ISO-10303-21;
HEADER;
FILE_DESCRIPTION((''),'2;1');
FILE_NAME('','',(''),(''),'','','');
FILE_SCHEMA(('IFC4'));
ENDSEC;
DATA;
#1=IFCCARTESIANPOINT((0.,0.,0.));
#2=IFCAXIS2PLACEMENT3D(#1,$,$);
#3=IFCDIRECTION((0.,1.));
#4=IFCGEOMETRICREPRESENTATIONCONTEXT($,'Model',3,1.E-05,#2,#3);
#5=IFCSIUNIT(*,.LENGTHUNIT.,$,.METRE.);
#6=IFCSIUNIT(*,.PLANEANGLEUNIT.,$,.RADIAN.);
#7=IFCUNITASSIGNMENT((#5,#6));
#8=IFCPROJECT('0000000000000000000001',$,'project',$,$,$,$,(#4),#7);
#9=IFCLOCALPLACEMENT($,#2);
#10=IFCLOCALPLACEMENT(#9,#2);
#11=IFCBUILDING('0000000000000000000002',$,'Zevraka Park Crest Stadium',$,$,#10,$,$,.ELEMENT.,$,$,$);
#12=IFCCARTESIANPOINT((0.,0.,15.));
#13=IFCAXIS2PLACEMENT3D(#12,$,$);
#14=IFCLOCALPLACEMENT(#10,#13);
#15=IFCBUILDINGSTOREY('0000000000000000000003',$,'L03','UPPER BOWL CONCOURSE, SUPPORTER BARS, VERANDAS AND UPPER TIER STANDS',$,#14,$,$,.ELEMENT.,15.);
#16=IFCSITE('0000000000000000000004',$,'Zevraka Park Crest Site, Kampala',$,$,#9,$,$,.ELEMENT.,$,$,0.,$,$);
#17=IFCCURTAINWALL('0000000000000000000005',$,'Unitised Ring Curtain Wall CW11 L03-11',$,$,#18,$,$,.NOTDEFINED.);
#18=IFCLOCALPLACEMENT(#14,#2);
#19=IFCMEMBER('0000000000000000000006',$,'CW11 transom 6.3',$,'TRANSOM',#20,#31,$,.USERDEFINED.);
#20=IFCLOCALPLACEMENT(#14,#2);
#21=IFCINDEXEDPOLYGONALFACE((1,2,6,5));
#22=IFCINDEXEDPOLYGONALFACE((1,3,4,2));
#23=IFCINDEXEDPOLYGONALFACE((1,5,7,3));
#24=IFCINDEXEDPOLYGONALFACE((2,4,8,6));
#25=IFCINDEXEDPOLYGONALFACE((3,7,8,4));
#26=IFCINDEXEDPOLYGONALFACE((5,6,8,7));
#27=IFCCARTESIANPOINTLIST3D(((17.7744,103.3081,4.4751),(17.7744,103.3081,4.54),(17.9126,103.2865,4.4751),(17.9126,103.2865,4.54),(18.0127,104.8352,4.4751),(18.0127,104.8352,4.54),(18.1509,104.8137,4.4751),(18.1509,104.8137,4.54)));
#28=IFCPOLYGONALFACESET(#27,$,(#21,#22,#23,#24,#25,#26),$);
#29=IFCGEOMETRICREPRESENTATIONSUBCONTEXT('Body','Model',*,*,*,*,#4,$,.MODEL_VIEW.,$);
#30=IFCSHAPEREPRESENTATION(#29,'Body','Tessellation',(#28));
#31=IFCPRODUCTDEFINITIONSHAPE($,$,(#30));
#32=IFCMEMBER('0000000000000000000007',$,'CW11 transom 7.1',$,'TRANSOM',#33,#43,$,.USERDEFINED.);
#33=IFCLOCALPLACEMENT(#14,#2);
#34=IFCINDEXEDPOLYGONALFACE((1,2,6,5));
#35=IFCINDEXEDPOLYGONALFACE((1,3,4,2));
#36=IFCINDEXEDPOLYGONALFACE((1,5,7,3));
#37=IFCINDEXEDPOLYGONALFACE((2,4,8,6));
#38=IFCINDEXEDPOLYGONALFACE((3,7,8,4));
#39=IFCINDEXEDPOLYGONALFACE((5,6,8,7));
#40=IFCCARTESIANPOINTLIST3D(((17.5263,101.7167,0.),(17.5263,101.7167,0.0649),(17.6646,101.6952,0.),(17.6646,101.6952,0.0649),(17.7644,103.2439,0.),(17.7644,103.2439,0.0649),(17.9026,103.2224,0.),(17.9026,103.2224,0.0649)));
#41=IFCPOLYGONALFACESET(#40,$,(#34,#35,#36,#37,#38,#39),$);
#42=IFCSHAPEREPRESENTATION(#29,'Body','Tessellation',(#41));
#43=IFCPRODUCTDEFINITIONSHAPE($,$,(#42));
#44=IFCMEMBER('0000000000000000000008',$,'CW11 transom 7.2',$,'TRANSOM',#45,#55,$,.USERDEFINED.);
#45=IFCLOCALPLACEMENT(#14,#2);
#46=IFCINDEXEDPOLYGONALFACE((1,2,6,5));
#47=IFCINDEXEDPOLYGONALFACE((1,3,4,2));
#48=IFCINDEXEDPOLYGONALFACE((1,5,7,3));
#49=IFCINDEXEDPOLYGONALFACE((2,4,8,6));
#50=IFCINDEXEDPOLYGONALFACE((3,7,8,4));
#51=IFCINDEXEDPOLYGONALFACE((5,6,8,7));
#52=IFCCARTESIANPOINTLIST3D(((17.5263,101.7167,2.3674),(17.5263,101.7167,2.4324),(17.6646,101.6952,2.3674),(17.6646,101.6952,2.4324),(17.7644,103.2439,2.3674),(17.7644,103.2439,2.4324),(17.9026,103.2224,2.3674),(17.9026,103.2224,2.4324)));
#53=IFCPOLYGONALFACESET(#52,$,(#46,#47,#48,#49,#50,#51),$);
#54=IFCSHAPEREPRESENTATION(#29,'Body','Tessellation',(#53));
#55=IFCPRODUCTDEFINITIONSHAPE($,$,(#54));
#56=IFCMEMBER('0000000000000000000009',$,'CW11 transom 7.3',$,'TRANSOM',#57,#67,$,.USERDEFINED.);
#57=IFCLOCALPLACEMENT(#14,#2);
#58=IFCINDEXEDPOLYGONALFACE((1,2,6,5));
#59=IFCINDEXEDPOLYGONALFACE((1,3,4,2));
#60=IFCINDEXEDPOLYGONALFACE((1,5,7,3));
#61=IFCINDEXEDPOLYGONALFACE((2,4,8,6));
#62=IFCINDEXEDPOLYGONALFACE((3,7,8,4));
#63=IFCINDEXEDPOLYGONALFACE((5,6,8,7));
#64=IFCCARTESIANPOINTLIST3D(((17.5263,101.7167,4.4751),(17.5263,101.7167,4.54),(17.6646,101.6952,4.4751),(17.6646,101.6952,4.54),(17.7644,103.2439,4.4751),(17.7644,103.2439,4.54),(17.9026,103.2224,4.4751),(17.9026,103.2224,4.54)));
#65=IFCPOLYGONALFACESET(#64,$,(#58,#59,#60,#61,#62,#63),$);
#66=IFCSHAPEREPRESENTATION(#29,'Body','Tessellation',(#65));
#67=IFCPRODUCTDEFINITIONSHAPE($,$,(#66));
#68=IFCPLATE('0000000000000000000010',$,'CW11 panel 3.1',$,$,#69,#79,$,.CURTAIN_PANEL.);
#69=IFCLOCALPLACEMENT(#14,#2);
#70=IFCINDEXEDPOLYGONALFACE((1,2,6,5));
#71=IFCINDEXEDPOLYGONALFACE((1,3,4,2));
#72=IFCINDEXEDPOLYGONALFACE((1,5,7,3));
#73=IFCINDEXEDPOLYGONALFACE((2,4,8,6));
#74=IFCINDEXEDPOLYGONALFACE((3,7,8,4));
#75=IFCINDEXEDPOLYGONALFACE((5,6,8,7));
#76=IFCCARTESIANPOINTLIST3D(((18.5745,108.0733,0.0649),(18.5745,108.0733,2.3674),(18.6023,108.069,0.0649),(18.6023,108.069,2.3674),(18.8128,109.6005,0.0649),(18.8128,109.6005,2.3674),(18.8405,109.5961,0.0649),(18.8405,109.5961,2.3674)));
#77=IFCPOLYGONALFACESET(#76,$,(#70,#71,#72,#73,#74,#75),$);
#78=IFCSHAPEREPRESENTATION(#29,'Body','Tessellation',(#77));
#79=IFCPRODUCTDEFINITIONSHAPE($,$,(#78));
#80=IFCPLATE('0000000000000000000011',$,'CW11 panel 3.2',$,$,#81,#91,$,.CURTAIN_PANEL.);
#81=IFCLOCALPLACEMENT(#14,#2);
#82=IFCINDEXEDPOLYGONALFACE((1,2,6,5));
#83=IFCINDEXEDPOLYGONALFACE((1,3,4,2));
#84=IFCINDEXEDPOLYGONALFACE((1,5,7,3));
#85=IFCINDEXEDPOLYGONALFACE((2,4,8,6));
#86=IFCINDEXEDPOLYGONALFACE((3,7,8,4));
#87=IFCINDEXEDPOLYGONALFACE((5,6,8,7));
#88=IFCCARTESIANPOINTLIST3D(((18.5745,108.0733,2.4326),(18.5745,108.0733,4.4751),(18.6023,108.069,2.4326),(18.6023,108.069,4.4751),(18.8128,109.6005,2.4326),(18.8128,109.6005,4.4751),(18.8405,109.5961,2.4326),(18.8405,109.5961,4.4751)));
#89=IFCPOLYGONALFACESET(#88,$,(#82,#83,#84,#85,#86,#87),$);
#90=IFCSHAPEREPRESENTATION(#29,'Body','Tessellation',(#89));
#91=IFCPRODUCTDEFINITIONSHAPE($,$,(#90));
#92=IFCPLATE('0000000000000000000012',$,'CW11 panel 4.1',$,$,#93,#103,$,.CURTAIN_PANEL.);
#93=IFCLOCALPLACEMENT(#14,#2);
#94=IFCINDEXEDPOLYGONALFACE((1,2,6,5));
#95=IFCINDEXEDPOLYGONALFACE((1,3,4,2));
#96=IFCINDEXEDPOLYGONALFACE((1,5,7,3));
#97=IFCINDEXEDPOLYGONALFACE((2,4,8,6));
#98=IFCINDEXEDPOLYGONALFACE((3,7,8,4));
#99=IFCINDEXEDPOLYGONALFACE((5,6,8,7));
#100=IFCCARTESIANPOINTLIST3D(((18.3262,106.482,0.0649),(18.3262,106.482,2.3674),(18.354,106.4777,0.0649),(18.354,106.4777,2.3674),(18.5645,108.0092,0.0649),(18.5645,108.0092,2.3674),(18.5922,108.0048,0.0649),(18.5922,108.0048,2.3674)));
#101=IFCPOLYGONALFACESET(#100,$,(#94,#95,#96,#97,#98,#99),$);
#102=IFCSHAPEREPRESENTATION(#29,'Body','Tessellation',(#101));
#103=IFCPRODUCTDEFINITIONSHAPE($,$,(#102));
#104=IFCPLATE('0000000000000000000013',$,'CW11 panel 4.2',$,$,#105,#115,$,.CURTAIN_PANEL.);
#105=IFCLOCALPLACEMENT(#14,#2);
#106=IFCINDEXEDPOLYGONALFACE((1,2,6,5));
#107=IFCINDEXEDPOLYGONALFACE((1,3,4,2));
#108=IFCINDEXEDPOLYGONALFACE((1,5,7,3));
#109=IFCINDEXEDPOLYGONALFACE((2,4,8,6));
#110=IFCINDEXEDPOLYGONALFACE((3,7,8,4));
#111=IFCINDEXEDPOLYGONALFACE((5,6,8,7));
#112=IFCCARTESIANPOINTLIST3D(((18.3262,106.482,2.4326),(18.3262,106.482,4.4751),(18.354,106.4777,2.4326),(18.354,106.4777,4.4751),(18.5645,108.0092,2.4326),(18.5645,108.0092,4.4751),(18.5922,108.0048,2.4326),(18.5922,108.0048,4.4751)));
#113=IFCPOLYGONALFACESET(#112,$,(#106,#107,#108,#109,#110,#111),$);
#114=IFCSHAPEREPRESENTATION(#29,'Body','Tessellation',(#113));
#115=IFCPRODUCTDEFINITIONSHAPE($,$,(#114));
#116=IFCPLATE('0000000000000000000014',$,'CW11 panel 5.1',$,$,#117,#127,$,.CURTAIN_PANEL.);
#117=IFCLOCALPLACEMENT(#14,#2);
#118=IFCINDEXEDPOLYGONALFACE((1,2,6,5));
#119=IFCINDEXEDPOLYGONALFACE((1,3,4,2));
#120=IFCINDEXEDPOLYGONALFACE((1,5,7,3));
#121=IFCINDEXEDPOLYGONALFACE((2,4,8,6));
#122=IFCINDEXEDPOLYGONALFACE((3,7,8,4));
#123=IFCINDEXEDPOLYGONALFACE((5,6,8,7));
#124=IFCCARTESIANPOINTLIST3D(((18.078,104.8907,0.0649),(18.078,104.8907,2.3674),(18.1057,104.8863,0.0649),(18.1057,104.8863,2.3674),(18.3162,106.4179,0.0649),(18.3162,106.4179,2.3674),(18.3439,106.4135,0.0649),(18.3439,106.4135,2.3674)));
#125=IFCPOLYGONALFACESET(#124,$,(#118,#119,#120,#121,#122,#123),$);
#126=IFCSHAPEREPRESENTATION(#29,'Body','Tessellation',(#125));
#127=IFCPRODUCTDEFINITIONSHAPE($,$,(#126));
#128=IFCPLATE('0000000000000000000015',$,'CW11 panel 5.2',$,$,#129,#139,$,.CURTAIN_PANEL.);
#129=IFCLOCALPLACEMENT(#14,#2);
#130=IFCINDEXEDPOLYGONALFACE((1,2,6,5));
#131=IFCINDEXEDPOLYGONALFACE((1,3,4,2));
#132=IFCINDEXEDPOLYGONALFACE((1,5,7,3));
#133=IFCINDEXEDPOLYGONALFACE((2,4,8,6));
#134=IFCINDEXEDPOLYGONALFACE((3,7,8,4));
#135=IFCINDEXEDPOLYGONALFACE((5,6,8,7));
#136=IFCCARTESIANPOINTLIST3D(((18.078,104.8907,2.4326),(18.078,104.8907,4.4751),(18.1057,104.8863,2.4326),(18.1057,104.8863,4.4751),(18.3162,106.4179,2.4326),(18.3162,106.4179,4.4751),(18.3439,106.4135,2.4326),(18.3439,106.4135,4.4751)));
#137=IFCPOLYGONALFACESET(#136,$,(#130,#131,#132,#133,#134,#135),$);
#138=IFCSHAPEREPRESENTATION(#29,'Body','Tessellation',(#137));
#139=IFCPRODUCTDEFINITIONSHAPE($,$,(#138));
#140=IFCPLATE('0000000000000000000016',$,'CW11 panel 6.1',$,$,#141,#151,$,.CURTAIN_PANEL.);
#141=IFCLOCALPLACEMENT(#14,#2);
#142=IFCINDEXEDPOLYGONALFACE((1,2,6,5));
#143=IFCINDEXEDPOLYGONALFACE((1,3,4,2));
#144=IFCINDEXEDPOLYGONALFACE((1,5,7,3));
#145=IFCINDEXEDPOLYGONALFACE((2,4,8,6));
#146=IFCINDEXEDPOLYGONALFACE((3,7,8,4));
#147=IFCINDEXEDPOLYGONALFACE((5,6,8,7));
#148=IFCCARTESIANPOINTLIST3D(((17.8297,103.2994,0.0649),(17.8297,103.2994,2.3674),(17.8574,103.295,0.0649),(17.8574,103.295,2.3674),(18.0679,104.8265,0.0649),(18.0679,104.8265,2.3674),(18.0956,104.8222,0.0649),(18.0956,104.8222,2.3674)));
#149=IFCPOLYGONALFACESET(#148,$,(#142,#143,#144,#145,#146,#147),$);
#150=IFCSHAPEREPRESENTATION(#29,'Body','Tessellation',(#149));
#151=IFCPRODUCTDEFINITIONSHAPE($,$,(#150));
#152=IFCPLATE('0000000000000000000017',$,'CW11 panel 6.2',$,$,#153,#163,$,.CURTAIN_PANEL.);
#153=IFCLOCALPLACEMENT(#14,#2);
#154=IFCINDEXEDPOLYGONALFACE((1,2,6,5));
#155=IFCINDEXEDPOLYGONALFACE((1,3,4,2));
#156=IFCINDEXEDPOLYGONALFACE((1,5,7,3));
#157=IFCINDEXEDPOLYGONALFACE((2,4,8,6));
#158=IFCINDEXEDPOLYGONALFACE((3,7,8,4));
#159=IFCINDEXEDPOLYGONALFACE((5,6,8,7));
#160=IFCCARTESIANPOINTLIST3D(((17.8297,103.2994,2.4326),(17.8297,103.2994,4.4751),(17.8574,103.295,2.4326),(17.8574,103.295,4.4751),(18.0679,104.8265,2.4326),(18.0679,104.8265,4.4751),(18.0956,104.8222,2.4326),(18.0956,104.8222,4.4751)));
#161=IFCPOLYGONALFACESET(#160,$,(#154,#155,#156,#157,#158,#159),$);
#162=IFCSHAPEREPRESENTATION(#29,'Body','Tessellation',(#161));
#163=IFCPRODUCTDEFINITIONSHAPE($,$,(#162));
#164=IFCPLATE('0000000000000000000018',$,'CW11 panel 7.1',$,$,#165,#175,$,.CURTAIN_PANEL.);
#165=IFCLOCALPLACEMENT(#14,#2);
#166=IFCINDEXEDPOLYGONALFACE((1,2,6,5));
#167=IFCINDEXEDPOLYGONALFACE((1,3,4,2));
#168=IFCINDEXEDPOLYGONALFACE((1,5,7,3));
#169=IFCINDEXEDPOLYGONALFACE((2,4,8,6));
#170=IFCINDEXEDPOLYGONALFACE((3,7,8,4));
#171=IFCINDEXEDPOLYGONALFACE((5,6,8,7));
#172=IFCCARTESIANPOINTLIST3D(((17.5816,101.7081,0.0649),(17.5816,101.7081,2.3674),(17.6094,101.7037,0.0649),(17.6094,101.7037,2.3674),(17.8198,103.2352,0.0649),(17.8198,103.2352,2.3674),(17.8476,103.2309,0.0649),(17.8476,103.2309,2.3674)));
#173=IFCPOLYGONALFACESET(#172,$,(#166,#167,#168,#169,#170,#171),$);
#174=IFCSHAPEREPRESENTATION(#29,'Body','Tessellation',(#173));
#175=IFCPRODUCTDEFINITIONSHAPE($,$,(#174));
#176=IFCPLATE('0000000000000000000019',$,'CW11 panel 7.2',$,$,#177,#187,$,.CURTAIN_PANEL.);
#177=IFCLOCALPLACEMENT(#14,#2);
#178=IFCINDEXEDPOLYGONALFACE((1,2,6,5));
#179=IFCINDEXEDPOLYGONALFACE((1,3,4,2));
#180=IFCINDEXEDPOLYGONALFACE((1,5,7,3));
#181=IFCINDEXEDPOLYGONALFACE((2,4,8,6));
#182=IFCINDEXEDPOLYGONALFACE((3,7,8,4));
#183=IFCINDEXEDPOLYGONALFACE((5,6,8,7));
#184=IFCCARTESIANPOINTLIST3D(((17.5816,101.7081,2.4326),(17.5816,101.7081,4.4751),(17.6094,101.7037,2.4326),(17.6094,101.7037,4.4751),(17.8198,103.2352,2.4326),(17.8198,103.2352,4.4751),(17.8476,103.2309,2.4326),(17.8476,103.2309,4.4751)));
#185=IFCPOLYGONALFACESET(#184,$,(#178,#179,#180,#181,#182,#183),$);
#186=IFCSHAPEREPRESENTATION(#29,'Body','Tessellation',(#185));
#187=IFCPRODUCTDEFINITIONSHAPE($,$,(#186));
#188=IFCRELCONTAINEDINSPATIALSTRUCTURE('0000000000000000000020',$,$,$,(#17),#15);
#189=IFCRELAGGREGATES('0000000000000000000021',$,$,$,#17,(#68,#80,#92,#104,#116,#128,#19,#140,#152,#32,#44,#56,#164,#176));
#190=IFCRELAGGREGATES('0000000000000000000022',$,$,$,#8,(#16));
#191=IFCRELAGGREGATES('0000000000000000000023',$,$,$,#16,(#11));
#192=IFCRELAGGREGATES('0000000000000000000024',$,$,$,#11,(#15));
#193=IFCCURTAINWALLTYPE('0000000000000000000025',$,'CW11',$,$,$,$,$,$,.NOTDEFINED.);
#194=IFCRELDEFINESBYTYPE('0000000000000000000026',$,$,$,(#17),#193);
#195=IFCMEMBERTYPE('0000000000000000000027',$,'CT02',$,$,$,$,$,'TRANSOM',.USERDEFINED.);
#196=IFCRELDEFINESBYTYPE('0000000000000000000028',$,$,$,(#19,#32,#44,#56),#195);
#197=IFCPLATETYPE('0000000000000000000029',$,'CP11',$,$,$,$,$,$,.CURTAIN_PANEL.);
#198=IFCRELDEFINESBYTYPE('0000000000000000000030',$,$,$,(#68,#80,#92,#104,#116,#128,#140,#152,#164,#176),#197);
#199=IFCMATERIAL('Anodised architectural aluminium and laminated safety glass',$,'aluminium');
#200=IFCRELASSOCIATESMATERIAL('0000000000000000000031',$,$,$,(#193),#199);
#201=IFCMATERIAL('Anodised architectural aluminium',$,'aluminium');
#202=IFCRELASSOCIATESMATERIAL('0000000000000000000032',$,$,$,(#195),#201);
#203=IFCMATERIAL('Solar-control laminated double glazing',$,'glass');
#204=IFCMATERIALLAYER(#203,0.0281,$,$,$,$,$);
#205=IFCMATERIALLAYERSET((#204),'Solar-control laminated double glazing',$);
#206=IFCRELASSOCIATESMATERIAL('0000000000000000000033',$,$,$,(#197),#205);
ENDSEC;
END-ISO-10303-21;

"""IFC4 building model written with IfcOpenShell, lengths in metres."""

from ifc_helpers import new_model, si_unit, direction, frame, origin, origin_2d, place, context, subcontext, project, spatial, rectangle, extrude, material, layer, layer_set, material_profile, profile_set, type_object, element, aggregate, save


model = new_model("IFC4")

# Units and contexts
model_context = context("Model", 3, precision=1e-05, world=origin(), true_north=direction((0.0, 1.0)))
body_context = subcontext(model_context, "Body", "Model", "MODEL_VIEW")
ifc_project = project(units=[si_unit("LENGTHUNIT", "METRE"), si_unit("PLANEANGLEUNIT", "RADIAN")], contexts=[model_context])

# Site, building, storey
site_placement = place(None, origin())
site = spatial("IfcSite", under=ifc_project, at=site_placement, Name="Zevraka Park Crest Site, Kampala", CompositionType="ELEMENT", RefElevation=0.0)
building_placement = place(site_placement, origin())
building = spatial("IfcBuilding", under=site, at=building_placement, Name="Zevraka Park Crest Stadium", CompositionType="ELEMENT")
storey_placement = place(building_placement, frame((0.0, 0.0, 15.0)))
storey = spatial("IfcBuildingStorey", under=building, at=storey_placement, Name="L03", Description="UPPER BOWL CONCOURSE, SUPPORTER BARS, VERANDAS AND UPPER TIER STANDS", CompositionType="ELEMENT", Elevation=15.0)

# Curtain wall, members, plates
ifc_material_1 = material(Name="Anodised architectural aluminium and laminated safety glass", Category="aluminium")
curtain_wall_type = type_object("IfcCurtainWallType", Name="CW11", PredefinedType="NOTDEFINED", material=ifc_material_1)
curtain_wall_placement = place(storey_placement, origin())
curtain_wall = element("IfcCurtainWall", 1, at=curtain_wall_placement, inside=storey, type_object=curtain_wall_type, Name="Unitised Ring Curtain Wall CW11 L03-11", PredefinedType="NOTDEFINED")
ifc_material_2 = material(Name="Anodised architectural aluminium", Category="aluminium")
ifc_material_profile_1 = material_profile(ifc_material_2, rectangle(XDim=0.1399, YDim=0.0649, at=origin_2d()), Name="ALU TRANSOM 140x65")
ifc_profile_set_1 = profile_set([ifc_material_profile_1], Name="Anodised architectural aluminium")
member_type_1 = type_object("IfcMemberType", Name="CT02", ElementType="TRANSOM", PredefinedType="USERDEFINED", material=ifc_profile_set_1)
member_1_placement = place(storey_placement, frame((18.0818, 104.8245, 4.5076), z_axis=(-0.15417, -0.988044, 0.0), x_axis=(0.988044, -0.15417, 0.0)))
member_1 = element("IfcMember", 2, at=member_1_placement, type_object=member_type_1, Name="CW11 transom 6.3", ObjectType="TRANSOM", PredefinedType="USERDEFINED", context=body_context, shape_type="SweptSolid", body=[
    extrude(rectangle(XDim=0.1399, YDim=0.0649, at=origin_2d()), origin(), (0.0, 0.0, 1.0), 1.5457),
])
member_2_placement = place(storey_placement, frame((17.8335, 103.2332, 0.0325), z_axis=(-0.154015, -0.988068, 0.0), x_axis=(0.988068, -0.154015, 0.0)))
member_2 = element("IfcMember", 3, at=member_2_placement, type_object=member_type_1, Name="CW11 transom 7.1", ObjectType="TRANSOM", PredefinedType="USERDEFINED", context=body_context, shape_type="SweptSolid", body=[
    extrude(rectangle(XDim=0.1399, YDim=0.0649, at=origin_2d()), origin(), (0.0, 0.0, 1.0), 1.5457),
])
member_3_placement = place(storey_placement, frame((17.8335, 103.2332, 2.3999), z_axis=(-0.154015, -0.988068, 0.0), x_axis=(0.988068, -0.154015, 0.0)))
member_3 = element("IfcMember", 4, at=member_3_placement, type_object=member_type_1, Name="CW11 transom 7.2", ObjectType="TRANSOM", PredefinedType="USERDEFINED", context=body_context, shape_type="SweptSolid", body=[
    extrude(rectangle(XDim=0.1399, YDim=0.0649, at=origin_2d()), origin(), (0.0, 0.0, 1.0), 1.5457),
])
member_4_placement = place(storey_placement, frame((17.8335, 103.2332, 4.5076), z_axis=(-0.154015, -0.988068, 0.0), x_axis=(0.988068, -0.154015, 0.0)))
member_4 = element("IfcMember", 5, at=member_4_placement, type_object=member_type_1, Name="CW11 transom 7.3", ObjectType="TRANSOM", PredefinedType="USERDEFINED", context=body_context, shape_type="SweptSolid", body=[
    extrude(rectangle(XDim=0.1399, YDim=0.0649, at=origin_2d()), origin(), (0.0, 0.0, 1.0), 1.5457),
])
ifc_material_3 = material(Name="Solar-control laminated double glazing", Category="glass")
ifc_layer_1 = layer(ifc_material_3, 0.0281)
ifc_layer_set_1 = layer_set([ifc_layer_1], Name="Solar-control laminated double glazing")
plate_type = type_object("IfcPlateType", Name="CP11", PredefinedType="CURTAIN_PANEL", material=ifc_layer_set_1)
plate_1_placement = place(storey_placement, frame((18.7075, 108.8347, 0.0649), z_axis=(0.0, 0.0, 1.0), x_axis=(-0.154128, -0.988051, 0.0)))
plate_1 = element("IfcPlate", 6, at=plate_1_placement, type_object=plate_type, Name="CW11 panel 3.1", PredefinedType="CURTAIN_PANEL", context=body_context, shape_type="SweptSolid", body=[
    extrude(rectangle(XDim=1.5457, YDim=0.0281, at=origin_2d()), origin(), (0.0, 0.0, 1.0), 2.3025),
])
plate_2_placement = place(storey_placement, frame((18.7075, 108.8347, 2.4326), z_axis=(0.0, 0.0, 1.0), x_axis=(-0.154128, -0.988051, 0.0)))
plate_2 = element("IfcPlate", 7, at=plate_2_placement, type_object=plate_type, Name="CW11 panel 3.2", PredefinedType="CURTAIN_PANEL", context=body_context, shape_type="SweptSolid", body=[
    extrude(rectangle(XDim=1.5457, YDim=0.0281, at=origin_2d()), origin(), (0.0, 0.0, 1.0), 2.0425),
])
plate_3_placement = place(storey_placement, frame((18.4592, 107.2434, 0.0649), z_axis=(0.0, 0.0, 1.0), x_axis=(-0.154128, -0.988051, 0.0)))
plate_3 = element("IfcPlate", 8, at=plate_3_placement, type_object=plate_type, Name="CW11 panel 4.1", PredefinedType="CURTAIN_PANEL", context=body_context, shape_type="SweptSolid", body=[
    extrude(rectangle(XDim=1.5457, YDim=0.0281, at=origin_2d()), origin(), (0.0, 0.0, 1.0), 2.3025),
])
plate_4_placement = place(storey_placement, frame((18.4592, 107.2434, 2.4326), z_axis=(0.0, 0.0, 1.0), x_axis=(-0.154128, -0.988051, 0.0)))
plate_4 = element("IfcPlate", 9, at=plate_4_placement, type_object=plate_type, Name="CW11 panel 4.2", PredefinedType="CURTAIN_PANEL", context=body_context, shape_type="SweptSolid", body=[
    extrude(rectangle(XDim=1.5457, YDim=0.0281, at=origin_2d()), origin(), (0.0, 0.0, 1.0), 2.0425),
])
plate_5_placement = place(storey_placement, frame((18.2109, 105.6521, 0.0649), z_axis=(0.0, 0.0, 1.0), x_axis=(-0.154128, -0.988051, 0.0)))
plate_5 = element("IfcPlate", 10, at=plate_5_placement, type_object=plate_type, Name="CW11 panel 5.1", PredefinedType="CURTAIN_PANEL", context=body_context, shape_type="SweptSolid", body=[
    extrude(rectangle(XDim=1.5457, YDim=0.0281, at=origin_2d()), origin(), (0.0, 0.0, 1.0), 2.3025),
])
plate_6_placement = place(storey_placement, frame((18.2109, 105.6521, 2.4326), z_axis=(0.0, 0.0, 1.0), x_axis=(-0.154128, -0.988051, 0.0)))
plate_6 = element("IfcPlate", 11, at=plate_6_placement, type_object=plate_type, Name="CW11 panel 5.2", PredefinedType="CURTAIN_PANEL", context=body_context, shape_type="SweptSolid", body=[
    extrude(rectangle(XDim=1.5457, YDim=0.0281, at=origin_2d()), origin(), (0.0, 0.0, 1.0), 2.0425),
])
plate_7_placement = place(storey_placement, frame((17.9626, 104.0608, 0.0649), z_axis=(0.0, 0.0, 1.0), x_axis=(-0.154128, -0.988051, 0.0)))
plate_7 = element("IfcPlate", 12, at=plate_7_placement, type_object=plate_type, Name="CW11 panel 6.1", PredefinedType="CURTAIN_PANEL", context=body_context, shape_type="SweptSolid", body=[
    extrude(rectangle(XDim=1.5457, YDim=0.0281, at=origin_2d()), origin(), (0.0, 0.0, 1.0), 2.3025),
])
plate_8_placement = place(storey_placement, frame((17.9626, 104.0608, 2.4326), z_axis=(0.0, 0.0, 1.0), x_axis=(-0.154128, -0.988051, 0.0)))
plate_8 = element("IfcPlate", 13, at=plate_8_placement, type_object=plate_type, Name="CW11 panel 6.2", PredefinedType="CURTAIN_PANEL", context=body_context, shape_type="SweptSolid", body=[
    extrude(rectangle(XDim=1.5457, YDim=0.0281, at=origin_2d()), origin(), (0.0, 0.0, 1.0), 2.0425),
])
plate_9_placement = place(storey_placement, frame((17.7146, 102.4695, 0.0649), z_axis=(0.0, 0.0, 1.0), x_axis=(-0.154128, -0.988051, 0.0)))
plate_9 = element("IfcPlate", 14, at=plate_9_placement, type_object=plate_type, Name="CW11 panel 7.1", PredefinedType="CURTAIN_PANEL", context=body_context, shape_type="SweptSolid", body=[
    extrude(rectangle(XDim=1.5457, YDim=0.0281, at=origin_2d()), origin(), (0.0, 0.0, 1.0), 2.3025),
])
plate_10_placement = place(storey_placement, frame((17.7146, 102.4695, 2.4326), z_axis=(0.0, 0.0, 1.0), x_axis=(-0.154128, -0.988051, 0.0)))
plate_10 = element("IfcPlate", 15, at=plate_10_placement, type_object=plate_type, Name="CW11 panel 7.2", PredefinedType="CURTAIN_PANEL", context=body_context, shape_type="SweptSolid", body=[
    extrude(rectangle(XDim=1.5457, YDim=0.0281, at=origin_2d()), origin(), (0.0, 0.0, 1.0), 2.0425),
])
aggregate(curtain_wall, [plate_1, plate_2, plate_3, plate_4, plate_5, plate_6, member_1, plate_7, plate_8, member_2, member_3, member_4, plate_9, plate_10])

save(model, "model.ifc")
